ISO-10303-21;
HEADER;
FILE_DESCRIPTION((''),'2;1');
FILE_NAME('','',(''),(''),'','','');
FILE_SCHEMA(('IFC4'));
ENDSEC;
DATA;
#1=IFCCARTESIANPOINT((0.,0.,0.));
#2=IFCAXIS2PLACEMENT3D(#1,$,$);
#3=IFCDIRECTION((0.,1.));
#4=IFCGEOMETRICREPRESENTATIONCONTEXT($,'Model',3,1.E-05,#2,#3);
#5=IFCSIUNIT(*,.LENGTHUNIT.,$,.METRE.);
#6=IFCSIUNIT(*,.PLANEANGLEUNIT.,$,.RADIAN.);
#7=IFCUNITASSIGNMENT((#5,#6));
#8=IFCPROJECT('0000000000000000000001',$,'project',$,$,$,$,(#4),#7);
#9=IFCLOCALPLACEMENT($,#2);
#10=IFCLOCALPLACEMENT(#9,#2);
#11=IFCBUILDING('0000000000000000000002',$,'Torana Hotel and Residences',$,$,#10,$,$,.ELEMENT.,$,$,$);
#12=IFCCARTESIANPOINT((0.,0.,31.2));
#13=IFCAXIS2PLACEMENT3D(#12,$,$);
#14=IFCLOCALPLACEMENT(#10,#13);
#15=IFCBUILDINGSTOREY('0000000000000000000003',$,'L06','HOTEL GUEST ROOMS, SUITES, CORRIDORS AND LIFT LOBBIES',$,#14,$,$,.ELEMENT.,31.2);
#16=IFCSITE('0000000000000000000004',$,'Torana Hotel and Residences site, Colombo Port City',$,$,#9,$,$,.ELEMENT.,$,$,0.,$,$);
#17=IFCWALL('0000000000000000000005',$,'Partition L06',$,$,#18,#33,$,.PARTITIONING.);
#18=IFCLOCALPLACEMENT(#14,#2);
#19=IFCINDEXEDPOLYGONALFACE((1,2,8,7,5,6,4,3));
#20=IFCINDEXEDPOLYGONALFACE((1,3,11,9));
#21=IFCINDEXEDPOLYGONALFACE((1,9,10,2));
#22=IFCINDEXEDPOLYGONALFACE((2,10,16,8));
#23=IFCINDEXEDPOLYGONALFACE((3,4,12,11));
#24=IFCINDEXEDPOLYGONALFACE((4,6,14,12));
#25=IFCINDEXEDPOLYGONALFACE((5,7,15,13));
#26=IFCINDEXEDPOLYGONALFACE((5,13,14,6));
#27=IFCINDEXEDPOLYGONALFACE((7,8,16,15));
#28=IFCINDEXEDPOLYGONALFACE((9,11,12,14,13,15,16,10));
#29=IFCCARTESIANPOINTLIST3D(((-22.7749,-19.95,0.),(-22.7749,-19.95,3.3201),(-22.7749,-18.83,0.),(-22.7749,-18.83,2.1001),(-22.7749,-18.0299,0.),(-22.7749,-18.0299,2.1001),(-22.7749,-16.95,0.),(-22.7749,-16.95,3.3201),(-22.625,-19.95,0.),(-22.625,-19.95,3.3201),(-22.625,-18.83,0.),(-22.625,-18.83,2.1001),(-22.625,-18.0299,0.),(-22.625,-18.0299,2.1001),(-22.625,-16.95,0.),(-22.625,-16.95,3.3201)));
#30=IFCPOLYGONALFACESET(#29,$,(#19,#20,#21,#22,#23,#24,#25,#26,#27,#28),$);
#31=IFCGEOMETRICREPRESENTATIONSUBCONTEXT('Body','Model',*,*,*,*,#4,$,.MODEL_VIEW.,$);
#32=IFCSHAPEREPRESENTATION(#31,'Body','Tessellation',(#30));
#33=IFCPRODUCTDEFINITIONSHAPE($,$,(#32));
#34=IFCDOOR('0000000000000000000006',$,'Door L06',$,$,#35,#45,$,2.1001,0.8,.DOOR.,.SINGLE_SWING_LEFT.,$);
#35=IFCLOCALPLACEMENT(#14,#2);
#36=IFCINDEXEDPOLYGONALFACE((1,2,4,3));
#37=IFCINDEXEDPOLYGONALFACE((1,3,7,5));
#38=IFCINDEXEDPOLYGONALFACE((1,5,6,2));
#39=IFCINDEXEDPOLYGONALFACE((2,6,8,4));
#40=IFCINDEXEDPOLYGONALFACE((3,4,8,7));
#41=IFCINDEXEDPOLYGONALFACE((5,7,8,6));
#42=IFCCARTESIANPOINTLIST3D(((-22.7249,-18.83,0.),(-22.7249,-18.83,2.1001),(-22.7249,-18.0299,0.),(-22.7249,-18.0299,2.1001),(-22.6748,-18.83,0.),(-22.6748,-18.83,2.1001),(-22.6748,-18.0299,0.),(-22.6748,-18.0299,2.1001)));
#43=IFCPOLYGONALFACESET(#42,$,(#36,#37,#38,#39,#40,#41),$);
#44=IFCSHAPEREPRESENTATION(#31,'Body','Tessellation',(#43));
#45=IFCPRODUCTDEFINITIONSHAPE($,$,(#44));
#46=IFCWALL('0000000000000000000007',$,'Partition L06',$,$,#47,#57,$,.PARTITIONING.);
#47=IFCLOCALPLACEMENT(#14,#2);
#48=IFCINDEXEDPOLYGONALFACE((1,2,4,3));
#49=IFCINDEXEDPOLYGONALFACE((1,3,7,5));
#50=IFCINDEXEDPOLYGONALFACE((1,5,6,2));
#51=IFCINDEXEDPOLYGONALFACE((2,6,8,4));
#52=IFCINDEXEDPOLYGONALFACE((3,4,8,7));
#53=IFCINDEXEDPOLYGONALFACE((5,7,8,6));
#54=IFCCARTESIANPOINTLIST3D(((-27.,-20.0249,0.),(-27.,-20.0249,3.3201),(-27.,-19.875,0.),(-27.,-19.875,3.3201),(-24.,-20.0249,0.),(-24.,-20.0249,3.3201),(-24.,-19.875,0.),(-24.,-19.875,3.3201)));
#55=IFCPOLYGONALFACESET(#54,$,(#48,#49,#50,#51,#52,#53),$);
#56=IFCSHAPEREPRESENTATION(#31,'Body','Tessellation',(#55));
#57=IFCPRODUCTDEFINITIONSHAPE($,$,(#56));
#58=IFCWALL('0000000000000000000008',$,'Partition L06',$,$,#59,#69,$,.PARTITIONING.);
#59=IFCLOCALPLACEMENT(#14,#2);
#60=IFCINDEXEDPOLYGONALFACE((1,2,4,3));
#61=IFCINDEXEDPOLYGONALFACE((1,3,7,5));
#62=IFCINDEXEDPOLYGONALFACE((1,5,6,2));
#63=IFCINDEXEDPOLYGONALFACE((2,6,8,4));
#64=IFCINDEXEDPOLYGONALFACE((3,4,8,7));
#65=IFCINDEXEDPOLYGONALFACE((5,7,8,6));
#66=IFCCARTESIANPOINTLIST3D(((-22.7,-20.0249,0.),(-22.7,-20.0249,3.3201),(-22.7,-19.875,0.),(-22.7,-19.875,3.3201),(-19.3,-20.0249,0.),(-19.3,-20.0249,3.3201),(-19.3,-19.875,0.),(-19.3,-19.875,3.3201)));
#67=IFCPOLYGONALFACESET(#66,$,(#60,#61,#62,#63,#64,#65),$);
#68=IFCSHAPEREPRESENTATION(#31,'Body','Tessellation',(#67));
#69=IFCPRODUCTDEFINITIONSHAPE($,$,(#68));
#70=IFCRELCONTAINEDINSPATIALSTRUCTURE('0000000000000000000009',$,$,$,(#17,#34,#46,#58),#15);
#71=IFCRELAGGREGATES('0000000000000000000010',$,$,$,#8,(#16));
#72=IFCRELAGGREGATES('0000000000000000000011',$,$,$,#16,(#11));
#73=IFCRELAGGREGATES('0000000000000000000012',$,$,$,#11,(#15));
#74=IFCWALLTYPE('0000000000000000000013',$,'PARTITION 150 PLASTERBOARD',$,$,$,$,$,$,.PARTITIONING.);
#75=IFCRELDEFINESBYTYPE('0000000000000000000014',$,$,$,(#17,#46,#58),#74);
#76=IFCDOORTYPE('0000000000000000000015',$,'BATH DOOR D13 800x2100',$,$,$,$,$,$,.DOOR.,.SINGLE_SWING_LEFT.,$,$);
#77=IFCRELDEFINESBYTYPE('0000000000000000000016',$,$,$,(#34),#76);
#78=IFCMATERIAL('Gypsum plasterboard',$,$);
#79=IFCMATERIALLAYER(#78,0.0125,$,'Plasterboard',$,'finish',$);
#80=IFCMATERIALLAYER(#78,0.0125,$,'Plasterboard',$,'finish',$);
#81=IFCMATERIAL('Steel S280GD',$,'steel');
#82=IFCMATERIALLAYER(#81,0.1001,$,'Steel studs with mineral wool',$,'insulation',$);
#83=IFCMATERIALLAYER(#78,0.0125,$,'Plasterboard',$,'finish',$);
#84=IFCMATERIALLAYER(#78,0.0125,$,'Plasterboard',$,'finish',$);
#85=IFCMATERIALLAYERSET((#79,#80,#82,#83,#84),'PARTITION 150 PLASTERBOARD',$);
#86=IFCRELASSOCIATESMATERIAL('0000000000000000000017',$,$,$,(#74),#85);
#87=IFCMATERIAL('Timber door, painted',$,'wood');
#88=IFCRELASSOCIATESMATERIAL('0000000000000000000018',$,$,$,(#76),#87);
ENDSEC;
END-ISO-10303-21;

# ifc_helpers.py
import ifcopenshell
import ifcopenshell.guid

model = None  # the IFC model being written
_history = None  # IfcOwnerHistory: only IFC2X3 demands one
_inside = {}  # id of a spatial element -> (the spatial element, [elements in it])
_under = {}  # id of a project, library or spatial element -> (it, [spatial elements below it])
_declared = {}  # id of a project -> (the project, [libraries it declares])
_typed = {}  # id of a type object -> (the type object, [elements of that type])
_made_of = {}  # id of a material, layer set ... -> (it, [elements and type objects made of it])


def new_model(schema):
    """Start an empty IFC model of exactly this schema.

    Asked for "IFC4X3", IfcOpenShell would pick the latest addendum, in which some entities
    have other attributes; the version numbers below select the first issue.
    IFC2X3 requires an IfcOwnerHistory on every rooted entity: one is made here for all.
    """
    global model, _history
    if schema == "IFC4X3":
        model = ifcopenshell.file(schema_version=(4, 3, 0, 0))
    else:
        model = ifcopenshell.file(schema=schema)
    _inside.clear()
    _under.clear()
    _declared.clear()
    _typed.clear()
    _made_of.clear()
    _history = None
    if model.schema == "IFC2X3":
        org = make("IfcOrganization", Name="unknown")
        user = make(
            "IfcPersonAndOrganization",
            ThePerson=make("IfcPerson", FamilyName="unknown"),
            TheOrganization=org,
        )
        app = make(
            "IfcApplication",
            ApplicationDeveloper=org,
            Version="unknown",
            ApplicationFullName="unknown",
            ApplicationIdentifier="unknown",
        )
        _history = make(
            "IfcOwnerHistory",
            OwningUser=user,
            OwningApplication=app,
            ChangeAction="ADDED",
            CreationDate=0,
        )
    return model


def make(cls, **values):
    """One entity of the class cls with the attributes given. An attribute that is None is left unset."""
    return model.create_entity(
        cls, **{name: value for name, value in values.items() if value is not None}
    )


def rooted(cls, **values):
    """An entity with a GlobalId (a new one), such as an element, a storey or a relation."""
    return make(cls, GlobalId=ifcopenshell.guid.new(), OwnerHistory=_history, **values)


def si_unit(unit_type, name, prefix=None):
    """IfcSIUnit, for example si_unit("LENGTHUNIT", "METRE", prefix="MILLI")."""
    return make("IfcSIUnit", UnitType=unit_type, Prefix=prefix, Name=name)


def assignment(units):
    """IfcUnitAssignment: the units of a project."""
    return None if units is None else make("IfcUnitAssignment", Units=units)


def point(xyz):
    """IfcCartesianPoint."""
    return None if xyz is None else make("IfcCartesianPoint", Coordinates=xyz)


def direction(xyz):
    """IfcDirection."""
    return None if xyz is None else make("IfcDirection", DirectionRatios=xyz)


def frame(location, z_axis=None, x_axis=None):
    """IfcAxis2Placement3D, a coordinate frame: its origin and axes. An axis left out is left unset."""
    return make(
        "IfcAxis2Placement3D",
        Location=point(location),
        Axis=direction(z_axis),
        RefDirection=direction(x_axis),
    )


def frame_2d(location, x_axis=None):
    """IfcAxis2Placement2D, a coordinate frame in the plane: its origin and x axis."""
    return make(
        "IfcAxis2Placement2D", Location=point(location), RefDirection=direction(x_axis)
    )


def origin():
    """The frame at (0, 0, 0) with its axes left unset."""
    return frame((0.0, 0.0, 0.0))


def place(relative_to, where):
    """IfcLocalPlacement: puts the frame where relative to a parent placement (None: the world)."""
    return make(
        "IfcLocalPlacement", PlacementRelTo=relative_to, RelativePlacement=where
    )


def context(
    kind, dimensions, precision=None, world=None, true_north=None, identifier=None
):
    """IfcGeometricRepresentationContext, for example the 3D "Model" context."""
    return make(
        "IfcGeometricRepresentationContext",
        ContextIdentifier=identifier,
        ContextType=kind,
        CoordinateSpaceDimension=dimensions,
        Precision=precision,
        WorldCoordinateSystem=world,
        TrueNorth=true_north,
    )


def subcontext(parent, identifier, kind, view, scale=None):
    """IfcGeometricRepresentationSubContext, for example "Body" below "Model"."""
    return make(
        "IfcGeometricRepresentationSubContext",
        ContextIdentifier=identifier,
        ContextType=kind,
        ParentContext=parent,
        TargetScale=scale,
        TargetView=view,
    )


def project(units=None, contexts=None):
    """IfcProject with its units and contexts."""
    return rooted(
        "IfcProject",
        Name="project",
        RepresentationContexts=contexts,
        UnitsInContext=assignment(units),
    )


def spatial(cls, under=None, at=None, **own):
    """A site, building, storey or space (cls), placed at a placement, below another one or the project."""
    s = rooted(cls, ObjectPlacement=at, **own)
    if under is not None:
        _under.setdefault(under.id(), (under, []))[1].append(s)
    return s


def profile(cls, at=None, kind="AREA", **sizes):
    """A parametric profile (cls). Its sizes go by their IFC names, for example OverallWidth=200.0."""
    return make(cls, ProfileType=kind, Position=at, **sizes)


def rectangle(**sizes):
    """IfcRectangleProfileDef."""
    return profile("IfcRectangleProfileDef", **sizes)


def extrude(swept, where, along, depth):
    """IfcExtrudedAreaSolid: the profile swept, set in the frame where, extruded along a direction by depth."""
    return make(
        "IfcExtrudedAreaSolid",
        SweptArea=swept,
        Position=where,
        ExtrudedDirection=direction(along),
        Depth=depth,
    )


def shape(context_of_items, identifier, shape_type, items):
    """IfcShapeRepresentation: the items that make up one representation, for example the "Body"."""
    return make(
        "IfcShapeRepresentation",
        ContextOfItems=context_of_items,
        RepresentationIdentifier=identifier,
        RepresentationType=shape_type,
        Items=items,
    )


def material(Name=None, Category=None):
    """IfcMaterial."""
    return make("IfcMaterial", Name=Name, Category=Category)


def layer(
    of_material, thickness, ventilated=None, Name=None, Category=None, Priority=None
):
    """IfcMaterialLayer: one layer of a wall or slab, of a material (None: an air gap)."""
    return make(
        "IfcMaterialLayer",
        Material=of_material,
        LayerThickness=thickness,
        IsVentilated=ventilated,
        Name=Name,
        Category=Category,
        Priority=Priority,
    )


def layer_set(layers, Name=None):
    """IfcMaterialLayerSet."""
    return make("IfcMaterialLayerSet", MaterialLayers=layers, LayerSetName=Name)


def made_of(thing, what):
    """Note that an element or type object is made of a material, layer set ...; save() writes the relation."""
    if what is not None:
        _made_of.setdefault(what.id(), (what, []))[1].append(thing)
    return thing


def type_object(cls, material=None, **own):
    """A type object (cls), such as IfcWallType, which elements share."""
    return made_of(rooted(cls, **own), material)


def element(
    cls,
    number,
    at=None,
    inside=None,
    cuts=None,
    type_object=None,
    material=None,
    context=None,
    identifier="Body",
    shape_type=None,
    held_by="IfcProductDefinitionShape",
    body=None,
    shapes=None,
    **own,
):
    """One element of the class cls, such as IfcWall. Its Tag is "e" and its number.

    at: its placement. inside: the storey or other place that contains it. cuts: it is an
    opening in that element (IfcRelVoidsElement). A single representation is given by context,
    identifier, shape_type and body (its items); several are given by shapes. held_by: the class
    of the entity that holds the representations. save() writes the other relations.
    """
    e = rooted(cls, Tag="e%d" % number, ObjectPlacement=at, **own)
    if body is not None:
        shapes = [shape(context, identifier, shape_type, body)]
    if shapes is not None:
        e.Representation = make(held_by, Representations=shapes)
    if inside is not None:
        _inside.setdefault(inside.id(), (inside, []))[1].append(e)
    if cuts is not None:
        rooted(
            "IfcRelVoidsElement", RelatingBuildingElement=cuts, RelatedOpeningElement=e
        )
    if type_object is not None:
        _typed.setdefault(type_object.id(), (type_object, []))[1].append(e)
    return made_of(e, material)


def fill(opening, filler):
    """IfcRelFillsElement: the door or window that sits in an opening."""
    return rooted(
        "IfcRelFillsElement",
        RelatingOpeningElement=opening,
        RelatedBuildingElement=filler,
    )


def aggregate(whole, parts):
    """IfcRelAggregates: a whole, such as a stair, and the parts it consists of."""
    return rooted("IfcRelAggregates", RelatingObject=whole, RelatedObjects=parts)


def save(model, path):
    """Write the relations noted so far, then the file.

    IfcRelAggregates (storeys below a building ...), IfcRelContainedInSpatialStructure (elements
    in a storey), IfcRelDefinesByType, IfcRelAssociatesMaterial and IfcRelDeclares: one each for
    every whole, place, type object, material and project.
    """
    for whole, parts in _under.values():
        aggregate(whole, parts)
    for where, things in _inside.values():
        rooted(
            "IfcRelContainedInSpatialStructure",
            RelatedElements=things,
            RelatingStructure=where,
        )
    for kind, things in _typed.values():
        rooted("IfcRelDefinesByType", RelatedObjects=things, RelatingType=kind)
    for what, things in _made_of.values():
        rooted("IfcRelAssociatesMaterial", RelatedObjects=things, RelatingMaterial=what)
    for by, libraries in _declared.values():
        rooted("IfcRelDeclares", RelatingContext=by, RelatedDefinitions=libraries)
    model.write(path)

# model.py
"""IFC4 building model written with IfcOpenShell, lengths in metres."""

from ifc_helpers import new_model, si_unit, direction, frame, frame_2d, origin, place, context, subcontext, project, spatial, rectangle, extrude, material, layer, layer_set, type_object, element, fill, save


model = new_model("IFC4")

# Units and contexts
model_context = context("Model", 3, precision=1e-05, world=origin(), true_north=direction((0.0, 1.0)))
body_context = subcontext(model_context, "Body", "Model", "MODEL_VIEW")
ifc_project = project(units=[si_unit("LENGTHUNIT", "METRE"), si_unit("PLANEANGLEUNIT", "RADIAN")], contexts=[model_context])

# Site, building, storey
site_placement = place(None, origin())
site = spatial("IfcSite", under=ifc_project, at=site_placement, Name="Torana Hotel and Residences site, Colombo Port City", CompositionType="ELEMENT", RefElevation=0.0)
building_placement = place(site_placement, origin())
building = spatial("IfcBuilding", under=site, at=building_placement, Name="Torana Hotel and Residences", CompositionType="ELEMENT")
storey_placement = place(building_placement, frame((0.0, 0.0, 31.2)))
storey = spatial("IfcBuildingStorey", under=building, at=storey_placement, Name="L06", Description="HOTEL GUEST ROOMS, SUITES, CORRIDORS AND LIFT LOBBIES", CompositionType="ELEMENT", Elevation=31.2)

# Wall, opening, door
ifc_material_1 = material(Name="Gypsum plasterboard")
ifc_layer_1 = layer(ifc_material_1, 0.0125, Name="Plasterboard", Category="finish")
ifc_layer_2 = layer(ifc_material_1, 0.0125, Name="Plasterboard", Category="finish")
ifc_material_2 = material(Name="Steel S280GD", Category="steel")
ifc_layer_3 = layer(ifc_material_2, 0.1001, Name="Steel studs with mineral wool", Category="insulation")
ifc_layer_4 = layer(ifc_material_1, 0.0125, Name="Plasterboard", Category="finish")
ifc_layer_5 = layer(ifc_material_1, 0.0125, Name="Plasterboard", Category="finish")
ifc_layer_set_1 = layer_set([ifc_layer_1, ifc_layer_2, ifc_layer_3, ifc_layer_4, ifc_layer_5], Name="PARTITION 150 PLASTERBOARD")
wall_type_1 = type_object("IfcWallType", Name="PARTITION 150 PLASTERBOARD", PredefinedType="PARTITIONING", material=ifc_layer_set_1)
ifc_material_3 = material(Name="Timber door, painted", Category="wood")
door_type_1 = type_object("IfcDoorType", Name="BATH DOOR D13 800x2100", OperationType="SINGLE_SWING_LEFT", PredefinedType="DOOR", material=ifc_material_3)
wall_1_placement = place(storey_placement, frame((-22.7, -19.95, 0.0), z_axis=(0.0, 0.0, 1.0), x_axis=(0.0, 1.0, 0.0)))
wall_1 = element("IfcWall", 1, at=wall_1_placement, inside=storey, type_object=wall_type_1, Name="Partition L06", PredefinedType="PARTITIONING", context=body_context, shape_type="SweptSolid", body=[
    extrude(rectangle(XDim=3.0, YDim=0.1499, at=frame_2d((1.5, 0.0))), origin(), (0.0, 0.0, 1.0), 3.3201),
])
opening_1_placement = place(wall_1_placement, frame((1.1201, 0.0, 0.0)))
opening_1 = element("IfcOpeningElement", 2, at=opening_1_placement, cuts=wall_1, PredefinedType="OPENING", context=body_context, shape_type="SweptSolid", body=[
    extrude(rectangle(XDim=0.8, YDim=2.1001, at=frame_2d((0.3999, 1.05))), frame((0.0, 0.085, 0.0), z_axis=(0.0, -1.0, 0.0), x_axis=(1.0, 0.0, 0.0)), (0.0, 0.0, 1.0), 0.1699),
])
door_1_placement = place(opening_1_placement, origin())
door_1 = element("IfcDoor", 3, at=door_1_placement, inside=storey, type_object=door_type_1, Name="Door L06", OperationType="SINGLE_SWING_LEFT", OverallHeight=2.1001, OverallWidth=0.8, PredefinedType="DOOR", context=body_context, shape_type="SweptSolid", body=[
    extrude(rectangle(XDim=0.8, YDim=2.1001, at=frame_2d((0.3999, 1.05))), frame((0.0, 0.0249, 0.0), z_axis=(0.0, -1.0, 0.0), x_axis=(1.0, 0.0, 0.0)), (0.0, 0.0, 1.0), 0.05),
])
fill(opening_1, door_1)

# Walls
wall_2_placement = place(storey_placement, frame((-27.0, -19.95, 0.0), z_axis=(0.0, 0.0, 1.0), x_axis=(1.0, 0.0, 0.0)))
element("IfcWall", 4, at=wall_2_placement, inside=storey, type_object=wall_type_1, Name="Partition L06", PredefinedType="PARTITIONING", context=body_context, shape_type="SweptSolid", body=[
    extrude(rectangle(XDim=3.0, YDim=0.1499, at=frame_2d((1.5, 0.0))), origin(), (0.0, 0.0, 1.0), 3.3201),
])
wall_3_placement = place(storey_placement, frame((-22.7, -19.95, 0.0), z_axis=(0.0, 0.0, 1.0), x_axis=(1.0, 0.0, 0.0)))
element("IfcWall", 5, at=wall_3_placement, inside=storey, type_object=wall_type_1, Name="Partition L06", PredefinedType="PARTITIONING", context=body_context, shape_type="SweptSolid", body=[
    extrude(rectangle(XDim=3.3999, YDim=0.1499, at=frame_2d((1.7, 0.0))), origin(), (0.0, 0.0, 1.0), 3.3201),
])

save(model, "model.ifc")
